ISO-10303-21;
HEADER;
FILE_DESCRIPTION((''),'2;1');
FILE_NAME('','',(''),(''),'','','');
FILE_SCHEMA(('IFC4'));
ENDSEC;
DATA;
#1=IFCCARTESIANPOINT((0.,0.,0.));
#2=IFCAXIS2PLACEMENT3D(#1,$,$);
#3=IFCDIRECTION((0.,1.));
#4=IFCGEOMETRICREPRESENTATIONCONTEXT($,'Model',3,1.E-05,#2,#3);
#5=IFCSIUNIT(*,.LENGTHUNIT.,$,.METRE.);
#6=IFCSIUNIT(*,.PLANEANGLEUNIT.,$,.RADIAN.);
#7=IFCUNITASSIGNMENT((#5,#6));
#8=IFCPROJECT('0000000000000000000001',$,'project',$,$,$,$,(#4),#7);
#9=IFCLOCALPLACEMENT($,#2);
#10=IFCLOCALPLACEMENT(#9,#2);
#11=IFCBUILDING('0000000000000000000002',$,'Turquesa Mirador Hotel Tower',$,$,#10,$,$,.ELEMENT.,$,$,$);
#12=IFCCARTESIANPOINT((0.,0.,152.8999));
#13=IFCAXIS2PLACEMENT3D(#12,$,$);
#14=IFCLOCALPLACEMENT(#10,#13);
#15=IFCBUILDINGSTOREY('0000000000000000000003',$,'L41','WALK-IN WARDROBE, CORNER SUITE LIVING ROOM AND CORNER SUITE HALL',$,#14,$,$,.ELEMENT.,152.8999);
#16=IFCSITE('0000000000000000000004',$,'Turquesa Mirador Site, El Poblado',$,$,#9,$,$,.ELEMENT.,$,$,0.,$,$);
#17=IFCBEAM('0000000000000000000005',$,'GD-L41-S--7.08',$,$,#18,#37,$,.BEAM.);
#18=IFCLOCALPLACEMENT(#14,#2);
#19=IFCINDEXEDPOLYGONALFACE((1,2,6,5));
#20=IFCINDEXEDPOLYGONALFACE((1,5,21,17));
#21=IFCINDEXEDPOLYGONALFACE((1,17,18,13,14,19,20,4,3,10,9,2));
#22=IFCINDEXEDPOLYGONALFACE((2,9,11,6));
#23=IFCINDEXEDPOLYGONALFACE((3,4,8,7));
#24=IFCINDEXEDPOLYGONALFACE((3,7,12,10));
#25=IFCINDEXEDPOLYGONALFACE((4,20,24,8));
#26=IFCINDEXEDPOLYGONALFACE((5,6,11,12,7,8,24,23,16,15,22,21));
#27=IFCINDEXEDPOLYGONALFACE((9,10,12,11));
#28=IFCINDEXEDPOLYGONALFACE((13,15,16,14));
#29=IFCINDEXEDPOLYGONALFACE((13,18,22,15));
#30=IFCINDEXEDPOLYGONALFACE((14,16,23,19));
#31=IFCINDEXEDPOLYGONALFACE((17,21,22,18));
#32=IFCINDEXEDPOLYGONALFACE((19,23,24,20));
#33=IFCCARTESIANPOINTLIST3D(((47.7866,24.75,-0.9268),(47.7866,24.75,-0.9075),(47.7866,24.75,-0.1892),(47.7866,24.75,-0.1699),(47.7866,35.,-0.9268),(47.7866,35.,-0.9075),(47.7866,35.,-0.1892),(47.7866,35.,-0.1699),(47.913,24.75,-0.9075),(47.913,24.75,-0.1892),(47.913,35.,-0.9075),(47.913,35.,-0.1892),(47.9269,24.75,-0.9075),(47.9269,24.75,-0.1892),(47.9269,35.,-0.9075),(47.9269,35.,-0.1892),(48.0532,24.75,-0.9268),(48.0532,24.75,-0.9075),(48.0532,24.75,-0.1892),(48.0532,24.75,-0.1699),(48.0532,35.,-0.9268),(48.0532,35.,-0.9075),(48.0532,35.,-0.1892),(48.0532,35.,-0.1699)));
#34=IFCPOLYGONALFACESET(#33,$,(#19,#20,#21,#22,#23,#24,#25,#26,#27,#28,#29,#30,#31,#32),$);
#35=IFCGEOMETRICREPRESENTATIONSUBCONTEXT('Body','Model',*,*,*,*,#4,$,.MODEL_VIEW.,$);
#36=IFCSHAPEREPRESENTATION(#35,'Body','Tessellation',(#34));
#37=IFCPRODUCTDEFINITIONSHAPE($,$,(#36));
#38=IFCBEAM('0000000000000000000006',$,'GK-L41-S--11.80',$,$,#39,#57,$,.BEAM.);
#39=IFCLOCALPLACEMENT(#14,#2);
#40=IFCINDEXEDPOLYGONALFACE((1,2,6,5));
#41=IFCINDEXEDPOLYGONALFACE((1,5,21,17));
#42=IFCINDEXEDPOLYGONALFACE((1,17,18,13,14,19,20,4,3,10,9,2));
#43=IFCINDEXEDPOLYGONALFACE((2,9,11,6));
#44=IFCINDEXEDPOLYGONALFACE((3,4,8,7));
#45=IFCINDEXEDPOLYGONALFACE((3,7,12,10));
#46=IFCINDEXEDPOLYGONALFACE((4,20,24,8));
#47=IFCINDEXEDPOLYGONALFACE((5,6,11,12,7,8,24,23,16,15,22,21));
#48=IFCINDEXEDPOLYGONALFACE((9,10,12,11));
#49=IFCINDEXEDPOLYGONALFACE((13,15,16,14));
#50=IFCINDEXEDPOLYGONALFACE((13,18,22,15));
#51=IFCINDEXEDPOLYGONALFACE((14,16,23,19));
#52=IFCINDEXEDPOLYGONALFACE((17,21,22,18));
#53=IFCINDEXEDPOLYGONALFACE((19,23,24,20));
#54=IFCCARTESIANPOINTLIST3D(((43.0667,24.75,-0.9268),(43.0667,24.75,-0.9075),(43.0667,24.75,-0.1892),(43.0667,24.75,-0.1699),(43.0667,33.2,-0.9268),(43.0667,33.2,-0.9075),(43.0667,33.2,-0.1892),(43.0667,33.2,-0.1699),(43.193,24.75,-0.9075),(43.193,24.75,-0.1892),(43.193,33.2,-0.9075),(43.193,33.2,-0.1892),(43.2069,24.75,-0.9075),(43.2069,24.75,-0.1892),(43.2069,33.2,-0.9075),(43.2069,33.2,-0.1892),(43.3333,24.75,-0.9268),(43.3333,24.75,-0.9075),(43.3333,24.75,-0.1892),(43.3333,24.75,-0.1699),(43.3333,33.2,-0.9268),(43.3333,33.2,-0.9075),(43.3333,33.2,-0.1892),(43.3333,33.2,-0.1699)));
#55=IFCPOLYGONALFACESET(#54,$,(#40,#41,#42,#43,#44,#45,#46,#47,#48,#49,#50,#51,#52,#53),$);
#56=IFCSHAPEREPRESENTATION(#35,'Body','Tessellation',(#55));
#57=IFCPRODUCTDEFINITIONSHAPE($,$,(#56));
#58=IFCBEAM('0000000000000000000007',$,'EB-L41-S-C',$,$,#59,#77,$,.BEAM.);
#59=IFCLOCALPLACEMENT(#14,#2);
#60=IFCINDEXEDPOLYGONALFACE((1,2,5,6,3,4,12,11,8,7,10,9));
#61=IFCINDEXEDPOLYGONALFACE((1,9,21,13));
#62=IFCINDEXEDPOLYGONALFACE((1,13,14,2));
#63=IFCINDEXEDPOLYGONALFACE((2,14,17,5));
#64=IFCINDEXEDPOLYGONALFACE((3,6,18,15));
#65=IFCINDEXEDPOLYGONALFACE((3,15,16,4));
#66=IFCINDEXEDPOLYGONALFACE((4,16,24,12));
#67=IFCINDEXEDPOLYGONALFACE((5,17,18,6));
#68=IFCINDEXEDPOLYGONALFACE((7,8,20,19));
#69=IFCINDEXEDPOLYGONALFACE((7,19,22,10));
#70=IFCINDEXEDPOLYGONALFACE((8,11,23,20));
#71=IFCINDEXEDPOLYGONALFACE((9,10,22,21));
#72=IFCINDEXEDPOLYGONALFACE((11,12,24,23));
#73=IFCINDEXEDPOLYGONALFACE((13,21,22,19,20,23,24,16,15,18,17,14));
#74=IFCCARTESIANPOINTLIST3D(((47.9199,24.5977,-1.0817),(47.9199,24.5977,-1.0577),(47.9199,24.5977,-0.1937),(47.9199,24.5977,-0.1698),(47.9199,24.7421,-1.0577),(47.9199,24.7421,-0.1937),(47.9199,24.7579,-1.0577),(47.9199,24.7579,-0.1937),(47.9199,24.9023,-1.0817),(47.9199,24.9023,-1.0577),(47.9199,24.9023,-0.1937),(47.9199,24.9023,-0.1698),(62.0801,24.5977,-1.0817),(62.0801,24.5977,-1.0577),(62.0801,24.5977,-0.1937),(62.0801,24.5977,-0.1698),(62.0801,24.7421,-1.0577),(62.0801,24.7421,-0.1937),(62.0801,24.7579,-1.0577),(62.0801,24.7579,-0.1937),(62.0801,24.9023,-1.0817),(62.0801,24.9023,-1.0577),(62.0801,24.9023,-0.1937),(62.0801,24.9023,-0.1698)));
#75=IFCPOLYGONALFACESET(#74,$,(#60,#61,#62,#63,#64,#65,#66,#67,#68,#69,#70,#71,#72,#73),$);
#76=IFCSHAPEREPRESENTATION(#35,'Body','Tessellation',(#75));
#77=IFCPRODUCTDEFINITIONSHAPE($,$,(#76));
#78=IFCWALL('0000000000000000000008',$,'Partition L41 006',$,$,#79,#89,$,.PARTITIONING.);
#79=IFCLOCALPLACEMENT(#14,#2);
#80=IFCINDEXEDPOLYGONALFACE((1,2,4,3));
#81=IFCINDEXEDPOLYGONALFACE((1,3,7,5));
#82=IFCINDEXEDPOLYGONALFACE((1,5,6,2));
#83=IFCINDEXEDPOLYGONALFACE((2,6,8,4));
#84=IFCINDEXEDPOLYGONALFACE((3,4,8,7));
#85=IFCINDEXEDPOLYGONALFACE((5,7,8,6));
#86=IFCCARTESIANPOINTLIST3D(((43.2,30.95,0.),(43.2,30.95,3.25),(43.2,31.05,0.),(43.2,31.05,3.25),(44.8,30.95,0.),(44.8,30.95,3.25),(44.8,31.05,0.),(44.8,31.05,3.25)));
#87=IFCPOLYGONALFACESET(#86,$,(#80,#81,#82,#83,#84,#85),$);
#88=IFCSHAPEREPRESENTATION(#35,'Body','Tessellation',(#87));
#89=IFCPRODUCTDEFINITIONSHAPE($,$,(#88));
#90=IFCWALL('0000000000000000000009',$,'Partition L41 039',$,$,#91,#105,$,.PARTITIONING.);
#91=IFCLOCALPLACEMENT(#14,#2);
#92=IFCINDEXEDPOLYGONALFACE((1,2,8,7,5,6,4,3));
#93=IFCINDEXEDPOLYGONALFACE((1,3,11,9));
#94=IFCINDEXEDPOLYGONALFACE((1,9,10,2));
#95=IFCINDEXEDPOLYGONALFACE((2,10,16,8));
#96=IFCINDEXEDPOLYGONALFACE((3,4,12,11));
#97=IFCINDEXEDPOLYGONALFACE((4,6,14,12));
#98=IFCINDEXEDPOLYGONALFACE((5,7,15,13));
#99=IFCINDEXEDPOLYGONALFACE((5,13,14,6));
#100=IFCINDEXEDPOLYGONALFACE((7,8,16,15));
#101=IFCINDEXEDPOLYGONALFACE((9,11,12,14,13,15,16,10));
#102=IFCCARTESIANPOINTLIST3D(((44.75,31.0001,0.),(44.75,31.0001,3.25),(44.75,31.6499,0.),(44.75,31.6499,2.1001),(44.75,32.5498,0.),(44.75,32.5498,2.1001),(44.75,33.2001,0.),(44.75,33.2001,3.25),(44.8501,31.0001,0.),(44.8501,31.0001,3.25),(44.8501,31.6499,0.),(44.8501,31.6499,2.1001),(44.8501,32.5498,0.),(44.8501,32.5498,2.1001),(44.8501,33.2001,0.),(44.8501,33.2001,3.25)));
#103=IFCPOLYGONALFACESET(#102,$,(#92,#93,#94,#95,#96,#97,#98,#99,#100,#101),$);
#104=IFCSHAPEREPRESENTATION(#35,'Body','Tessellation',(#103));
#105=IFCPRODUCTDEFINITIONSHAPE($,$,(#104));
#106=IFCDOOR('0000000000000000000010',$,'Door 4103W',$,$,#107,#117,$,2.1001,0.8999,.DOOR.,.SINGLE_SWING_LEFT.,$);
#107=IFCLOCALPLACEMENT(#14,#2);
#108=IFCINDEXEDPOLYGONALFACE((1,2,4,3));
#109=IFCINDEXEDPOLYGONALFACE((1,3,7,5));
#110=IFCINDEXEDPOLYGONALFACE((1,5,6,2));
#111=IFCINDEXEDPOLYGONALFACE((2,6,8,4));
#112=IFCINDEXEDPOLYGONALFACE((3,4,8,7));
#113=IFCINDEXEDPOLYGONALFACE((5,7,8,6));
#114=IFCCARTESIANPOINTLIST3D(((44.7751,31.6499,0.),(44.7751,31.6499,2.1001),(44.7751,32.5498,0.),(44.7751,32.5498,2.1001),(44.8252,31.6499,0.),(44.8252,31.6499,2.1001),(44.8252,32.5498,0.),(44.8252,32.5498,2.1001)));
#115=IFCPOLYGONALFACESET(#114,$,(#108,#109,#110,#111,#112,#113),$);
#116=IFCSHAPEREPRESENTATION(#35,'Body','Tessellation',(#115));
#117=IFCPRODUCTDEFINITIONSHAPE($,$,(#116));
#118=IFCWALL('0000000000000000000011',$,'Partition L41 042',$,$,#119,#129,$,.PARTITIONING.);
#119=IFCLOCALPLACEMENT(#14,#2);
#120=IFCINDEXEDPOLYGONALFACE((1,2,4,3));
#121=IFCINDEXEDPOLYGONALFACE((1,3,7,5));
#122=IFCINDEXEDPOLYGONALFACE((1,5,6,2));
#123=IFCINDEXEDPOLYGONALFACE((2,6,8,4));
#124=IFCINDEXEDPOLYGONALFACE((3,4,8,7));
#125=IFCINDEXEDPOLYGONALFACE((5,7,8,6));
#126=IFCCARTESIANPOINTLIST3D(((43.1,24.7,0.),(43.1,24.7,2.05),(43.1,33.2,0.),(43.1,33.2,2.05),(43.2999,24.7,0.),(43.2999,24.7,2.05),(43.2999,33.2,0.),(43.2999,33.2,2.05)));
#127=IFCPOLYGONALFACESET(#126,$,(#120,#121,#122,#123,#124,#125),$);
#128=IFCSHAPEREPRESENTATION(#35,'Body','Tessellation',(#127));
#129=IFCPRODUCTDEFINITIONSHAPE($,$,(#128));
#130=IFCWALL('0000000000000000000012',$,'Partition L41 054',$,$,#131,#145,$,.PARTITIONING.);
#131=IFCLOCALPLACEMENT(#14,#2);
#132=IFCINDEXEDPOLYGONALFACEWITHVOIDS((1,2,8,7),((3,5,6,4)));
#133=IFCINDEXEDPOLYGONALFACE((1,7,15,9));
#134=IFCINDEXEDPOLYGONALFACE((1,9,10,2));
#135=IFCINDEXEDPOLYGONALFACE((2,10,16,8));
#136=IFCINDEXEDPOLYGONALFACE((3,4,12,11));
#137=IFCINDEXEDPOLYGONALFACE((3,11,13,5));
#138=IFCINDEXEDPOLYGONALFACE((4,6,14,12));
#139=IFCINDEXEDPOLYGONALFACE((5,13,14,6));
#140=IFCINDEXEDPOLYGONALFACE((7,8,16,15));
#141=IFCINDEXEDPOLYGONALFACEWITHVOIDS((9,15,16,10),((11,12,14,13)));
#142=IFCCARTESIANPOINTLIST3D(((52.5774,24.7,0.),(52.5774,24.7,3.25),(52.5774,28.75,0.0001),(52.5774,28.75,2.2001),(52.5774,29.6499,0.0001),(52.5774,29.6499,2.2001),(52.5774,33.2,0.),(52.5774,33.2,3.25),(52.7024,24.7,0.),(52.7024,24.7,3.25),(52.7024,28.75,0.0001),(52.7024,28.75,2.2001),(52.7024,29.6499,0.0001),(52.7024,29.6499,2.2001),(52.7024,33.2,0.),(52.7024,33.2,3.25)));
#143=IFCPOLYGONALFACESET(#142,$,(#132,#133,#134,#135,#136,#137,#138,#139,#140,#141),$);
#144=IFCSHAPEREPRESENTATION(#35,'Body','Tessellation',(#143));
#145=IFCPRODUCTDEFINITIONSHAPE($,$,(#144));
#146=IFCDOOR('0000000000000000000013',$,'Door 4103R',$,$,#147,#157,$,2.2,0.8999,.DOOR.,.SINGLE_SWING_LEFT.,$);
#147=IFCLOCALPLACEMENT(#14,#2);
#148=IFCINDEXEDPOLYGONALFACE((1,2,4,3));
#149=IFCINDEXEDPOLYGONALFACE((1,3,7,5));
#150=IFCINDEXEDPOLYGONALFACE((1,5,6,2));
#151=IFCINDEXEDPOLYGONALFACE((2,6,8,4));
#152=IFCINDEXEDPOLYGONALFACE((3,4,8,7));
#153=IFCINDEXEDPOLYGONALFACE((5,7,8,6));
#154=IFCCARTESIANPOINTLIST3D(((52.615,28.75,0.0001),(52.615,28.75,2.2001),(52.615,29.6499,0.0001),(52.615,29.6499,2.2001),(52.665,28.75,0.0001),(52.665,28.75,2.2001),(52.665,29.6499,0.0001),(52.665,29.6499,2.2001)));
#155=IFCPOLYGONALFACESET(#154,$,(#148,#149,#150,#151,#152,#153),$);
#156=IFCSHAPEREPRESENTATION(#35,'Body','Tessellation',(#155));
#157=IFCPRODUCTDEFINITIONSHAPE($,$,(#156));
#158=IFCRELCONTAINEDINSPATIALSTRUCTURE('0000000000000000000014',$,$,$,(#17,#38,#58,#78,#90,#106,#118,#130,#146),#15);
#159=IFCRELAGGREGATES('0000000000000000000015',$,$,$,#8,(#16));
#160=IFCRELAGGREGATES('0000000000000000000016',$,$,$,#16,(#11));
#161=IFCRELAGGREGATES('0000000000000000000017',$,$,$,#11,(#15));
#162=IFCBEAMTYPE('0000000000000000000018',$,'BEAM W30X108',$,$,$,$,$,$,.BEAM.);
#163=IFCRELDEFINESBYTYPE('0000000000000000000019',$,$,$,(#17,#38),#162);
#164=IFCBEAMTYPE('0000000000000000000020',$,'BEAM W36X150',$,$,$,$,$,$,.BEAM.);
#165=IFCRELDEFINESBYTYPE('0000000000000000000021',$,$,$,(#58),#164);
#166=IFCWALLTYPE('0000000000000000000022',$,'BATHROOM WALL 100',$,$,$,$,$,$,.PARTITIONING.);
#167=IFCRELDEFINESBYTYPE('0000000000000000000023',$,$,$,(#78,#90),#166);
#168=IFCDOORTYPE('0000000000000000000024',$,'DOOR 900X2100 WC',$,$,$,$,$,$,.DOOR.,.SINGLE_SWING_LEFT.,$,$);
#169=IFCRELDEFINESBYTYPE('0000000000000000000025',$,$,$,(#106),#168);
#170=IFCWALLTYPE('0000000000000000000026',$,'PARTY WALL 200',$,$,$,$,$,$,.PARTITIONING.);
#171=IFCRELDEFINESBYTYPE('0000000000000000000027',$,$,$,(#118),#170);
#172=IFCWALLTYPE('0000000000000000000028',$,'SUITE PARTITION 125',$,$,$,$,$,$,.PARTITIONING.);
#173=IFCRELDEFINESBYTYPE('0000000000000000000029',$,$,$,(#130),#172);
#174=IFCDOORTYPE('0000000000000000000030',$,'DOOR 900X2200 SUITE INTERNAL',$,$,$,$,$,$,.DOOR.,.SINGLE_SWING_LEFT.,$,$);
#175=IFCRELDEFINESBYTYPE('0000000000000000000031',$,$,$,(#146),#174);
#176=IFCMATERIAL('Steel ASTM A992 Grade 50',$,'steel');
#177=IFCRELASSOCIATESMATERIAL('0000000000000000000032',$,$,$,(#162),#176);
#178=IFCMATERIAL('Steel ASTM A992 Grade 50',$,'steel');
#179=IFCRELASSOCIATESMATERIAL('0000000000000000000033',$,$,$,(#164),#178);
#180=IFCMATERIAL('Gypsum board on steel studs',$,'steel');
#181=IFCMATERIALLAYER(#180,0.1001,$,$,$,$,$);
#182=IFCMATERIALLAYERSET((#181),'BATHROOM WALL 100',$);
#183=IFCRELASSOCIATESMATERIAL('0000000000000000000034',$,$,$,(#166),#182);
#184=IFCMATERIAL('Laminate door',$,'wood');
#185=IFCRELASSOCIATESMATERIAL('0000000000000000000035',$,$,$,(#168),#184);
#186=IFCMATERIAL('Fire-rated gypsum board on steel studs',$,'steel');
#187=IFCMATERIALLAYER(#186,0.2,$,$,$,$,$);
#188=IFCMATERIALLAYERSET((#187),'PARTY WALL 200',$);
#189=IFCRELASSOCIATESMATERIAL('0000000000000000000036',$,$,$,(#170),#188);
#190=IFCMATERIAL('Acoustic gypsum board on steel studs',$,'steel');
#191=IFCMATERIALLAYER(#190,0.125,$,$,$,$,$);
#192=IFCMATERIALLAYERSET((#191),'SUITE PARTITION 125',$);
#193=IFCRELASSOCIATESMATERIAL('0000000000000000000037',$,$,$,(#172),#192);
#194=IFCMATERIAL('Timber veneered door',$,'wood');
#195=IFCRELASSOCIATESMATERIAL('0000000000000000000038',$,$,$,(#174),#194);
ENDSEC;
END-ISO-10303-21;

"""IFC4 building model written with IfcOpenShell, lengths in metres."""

from ifc_helpers import new_model, si_unit, direction, frame, frame_2d, origin, origin_2d, place, context, subcontext, project, spatial, rectangle, i_section, extrude, material, layer, layer_set, material_profile, profile_set, type_object, element, fill, save


model = new_model("IFC4")

# Units and contexts
model_context = context("Model", 3, precision=1e-05, world=origin(), true_north=direction((0.0, 1.0)))
body_context = subcontext(model_context, "Body", "Model", "MODEL_VIEW")
ifc_project = project(units=[si_unit("LENGTHUNIT", "METRE"), si_unit("PLANEANGLEUNIT", "RADIAN")], contexts=[model_context])

# Site, building, storey
site_placement = place(None, origin())
site = spatial("IfcSite", under=ifc_project, at=site_placement, Name="Turquesa Mirador Site, El Poblado", CompositionType="ELEMENT", RefElevation=0.0)
building_placement = place(site_placement, origin())
building = spatial("IfcBuilding", under=site, at=building_placement, Name="Turquesa Mirador Hotel Tower", CompositionType="ELEMENT")
storey_placement = place(building_placement, frame((0.0, 0.0, 152.8999)))
storey = spatial("IfcBuildingStorey", under=building, at=storey_placement, Name="L41", Description="WALK-IN WARDROBE, CORNER SUITE LIVING ROOM AND CORNER SUITE HALL", CompositionType="ELEMENT", Elevation=152.8999)

# Beams
ifc_material_1 = material(Name="Steel ASTM A992 Grade 50", Category="steel")
ifc_material_profile_1 = material_profile(ifc_material_1, i_section(OverallWidth=0.2666, OverallDepth=0.7568, WebThickness=0.0139, FlangeThickness=0.0193, at=origin_2d()), Name="W30X108")
ifc_profile_set_1 = profile_set([ifc_material_profile_1], Name="Steel ASTM A992 Grade 50")
beam_type_1 = type_object("IfcBeamType", Name="BEAM W30X108", PredefinedType="BEAM", material=ifc_profile_set_1)
beam_1_placement = place(storey_placement, frame((47.9199, 24.75, -0.5483), z_axis=(0.0, 1.0, 0.0), x_axis=(-1.0, 0.0, 0.0)))
element("IfcBeam", 1, at=beam_1_placement, inside=storey, type_object=beam_type_1, Name="GD-L41-S--7.08", PredefinedType="BEAM", context=body_context, shape_type="SweptSolid", body=[
    extrude(i_section(OverallWidth=0.2666, OverallDepth=0.7568, WebThickness=0.0139, FlangeThickness=0.0193, at=origin_2d()), origin(), (0.0, 0.0, 1.0), 10.25),
])
beam_2_placement = place(storey_placement, frame((43.2, 24.75, -0.5483), z_axis=(0.0, 1.0, 0.0), x_axis=(-1.0, 0.0, 0.0)))
element("IfcBeam", 2, at=beam_2_placement, inside=storey, type_object=beam_type_1, Name="GK-L41-S--11.80", PredefinedType="BEAM", context=body_context, shape_type="SweptSolid", body=[
    extrude(i_section(OverallWidth=0.2666, OverallDepth=0.7568, WebThickness=0.0139, FlangeThickness=0.0193, at=origin_2d()), origin(), (0.0, 0.0, 1.0), 8.45),
])
ifc_material_2 = material(Name="Steel ASTM A992 Grade 50", Category="steel")
ifc_material_profile_2 = material_profile(ifc_material_2, i_section(OverallWidth=0.3047, OverallDepth=0.9119, WebThickness=0.0159, FlangeThickness=0.0239, at=origin_2d()), Name="W36X150")
ifc_profile_set_2 = profile_set([ifc_material_profile_2], Name="Steel ASTM A992 Grade 50")
beam_type_2 = type_object("IfcBeamType", Name="BEAM W36X150", PredefinedType="BEAM", material=ifc_profile_set_2)
beam_3_placement = place(storey_placement, frame((47.9199, 24.75, -0.6257), z_axis=(1.0, 0.0, 0.0), x_axis=(0.0, 1.0, 0.0)))
element("IfcBeam", 3, at=beam_3_placement, inside=storey, type_object=beam_type_2, Name="EB-L41-S-C", PredefinedType="BEAM", context=body_context, shape_type="SweptSolid", body=[
    extrude(i_section(OverallWidth=0.3047, OverallDepth=0.9119, WebThickness=0.0159, FlangeThickness=0.0239, at=origin_2d()), origin(), (0.0, 0.0, 1.0), 14.1602),
])

# Wall
ifc_material_3 = material(Name="Gypsum board on steel studs", Category="steel")
ifc_layer_1 = layer(ifc_material_3, 0.1001)
ifc_layer_set_1 = layer_set([ifc_layer_1], Name="BATHROOM WALL 100")
wall_type_1 = type_object("IfcWallType", Name="BATHROOM WALL 100", PredefinedType="PARTITIONING", material=ifc_layer_set_1)
wall_1_placement = place(storey_placement, frame((43.2, 31.0, 0.0), z_axis=(0.0, 0.0, 1.0), x_axis=(1.0, 0.0, 0.0)))
element("IfcWall", 4, at=wall_1_placement, inside=storey, type_object=wall_type_1, Name="Partition L41 006", PredefinedType="PARTITIONING", context=body_context, shape_type="SweptSolid", body=[
    extrude(rectangle(XDim=1.6001, YDim=0.1001, at=frame_2d((0.8, 0.0))), origin(), (0.0, 0.0, 1.0), 3.25),
])

# Wall, opening, door
wall_2_placement = place(storey_placement, frame((44.8, 31.0, 0.0), z_axis=(0.0, 0.0, 1.0), x_axis=(0.0, 1.0, 0.0)))
wall_2 = element("IfcWall", 5, at=wall_2_placement, inside=storey, type_object=wall_type_1, Name="Partition L41 039", PredefinedType="PARTITIONING", context=body_context, shape_type="SweptSolid", body=[
    extrude(rectangle(XDim=2.2, YDim=0.1001, at=frame_2d((1.1001, 0.0))), origin(), (0.0, 0.0, 1.0), 3.25),
])
opening_1_placement = place(wall_2_placement, frame((0.6499, 0.0, 0.0)))
opening_1 = element("IfcOpeningElement", 6, at=opening_1_placement, cuts=wall_2, PredefinedType="OPENING", context=body_context, shape_type="SweptSolid", body=[
    extrude(rectangle(XDim=0.8999, YDim=2.1001, at=frame_2d((0.45, 1.05))), frame((0.0, 0.0601, 0.0), z_axis=(0.0, -1.0, 0.0), x_axis=(1.0, 0.0, 0.0)), (0.0, 0.0, 1.0), 0.1201),
])
ifc_material_4 = material(Name="Laminate door", Category="wood")
door_type_1 = type_object("IfcDoorType", Name="DOOR 900X2100 WC", OperationType="SINGLE_SWING_LEFT", PredefinedType="DOOR", material=ifc_material_4)
door_1_placement = place(opening_1_placement, origin())
door_1 = element("IfcDoor", 7, at=door_1_placement, inside=storey, type_object=door_type_1, Name="Door 4103W", OperationType="SINGLE_SWING_LEFT", OverallHeight=2.1001, OverallWidth=0.8999, PredefinedType="DOOR", context=body_context, shape_type="SweptSolid", body=[
    extrude(rectangle(XDim=0.8999, YDim=2.1001, at=frame_2d((0.45, 1.05))), frame((0.0, 0.0249, 0.0), z_axis=(0.0, -1.0, 0.0), x_axis=(1.0, 0.0, 0.0)), (0.0, 0.0, 1.0), 0.05),
])
fill(opening_1, door_1)

# Wall
ifc_material_5 = material(Name="Fire-rated gypsum board on steel studs", Category="steel")
ifc_layer_2 = layer(ifc_material_5, 0.2)
ifc_layer_set_2 = layer_set([ifc_layer_2], Name="PARTY WALL 200")
wall_type_2 = type_object("IfcWallType", Name="PARTY WALL 200", PredefinedType="PARTITIONING", material=ifc_layer_set_2)
wall_3_placement = place(storey_placement, frame((43.2, 24.7, 0.0), z_axis=(0.0, 0.0, 1.0), x_axis=(0.0, 1.0, 0.0)))
element("IfcWall", 8, at=wall_3_placement, inside=storey, type_object=wall_type_2, Name="Partition L41 042", PredefinedType="PARTITIONING", context=body_context, shape_type="SweptSolid", body=[
    extrude(rectangle(XDim=8.5, YDim=0.2, at=frame_2d((4.25, 0.0))), origin(), (0.0, 0.0, 1.0), 2.05),
])

# Wall, opening, door
ifc_material_6 = material(Name="Acoustic gypsum board on steel studs", Category="steel")
ifc_layer_3 = layer(ifc_material_6, 0.125)
ifc_layer_set_3 = layer_set([ifc_layer_3], Name="SUITE PARTITION 125")
wall_type_3 = type_object("IfcWallType", Name="SUITE PARTITION 125", PredefinedType="PARTITIONING", material=ifc_layer_set_3)
wall_4_placement = place(storey_placement, frame((52.6399, 24.7, 0.0), z_axis=(0.0, 0.0, 1.0), x_axis=(0.0, 1.0, 0.0)))
wall_4 = element("IfcWall", 9, at=wall_4_placement, inside=storey, type_object=wall_type_3, Name="Partition L41 054", PredefinedType="PARTITIONING", context=body_context, shape_type="SweptSolid", body=[
    extrude(rectangle(XDim=8.5, YDim=0.125, at=frame_2d((4.25, 0.0))), origin(), (0.0, 0.0, 1.0), 3.25),
])
opening_2_placement = place(wall_4_placement, frame((4.05, 0.0, 0.0)))
opening_2 = element("IfcOpeningElement", 10, at=opening_2_placement, cuts=wall_4, PredefinedType="OPENING", context=body_context, shape_type="SweptSolid", body=[
    extrude(rectangle(XDim=0.8999, YDim=2.2, at=frame_2d((0.45, 1.1001))), frame((0.0, 0.0725, 0.0), z_axis=(0.0, -1.0, 0.0), x_axis=(1.0, 0.0, 0.0)), (0.0, 0.0, 1.0), 0.145),
])
ifc_material_7 = material(Name="Timber veneered door", Category="wood")
door_type_2 = type_object("IfcDoorType", Name="DOOR 900X2200 SUITE INTERNAL", OperationType="SINGLE_SWING_LEFT", PredefinedType="DOOR", material=ifc_material_7)
door_2_placement = place(opening_2_placement, origin())
door_2 = element("IfcDoor", 11, at=door_2_placement, inside=storey, type_object=door_type_2, Name="Door 4103R", OperationType="SINGLE_SWING_LEFT", OverallHeight=2.2, OverallWidth=0.8999, PredefinedType="DOOR", context=body_context, shape_type="SweptSolid", body=[
    extrude(rectangle(XDim=0.8999, YDim=2.2, at=frame_2d((0.45, 1.1001))), frame((0.0, 0.0249, 0.0), z_axis=(0.0, -1.0, 0.0), x_axis=(1.0, 0.0, 0.0)), (0.0, 0.0, 1.0), 0.05),
])
fill(opening_2, door_2)

save(model, "model.ifc")
